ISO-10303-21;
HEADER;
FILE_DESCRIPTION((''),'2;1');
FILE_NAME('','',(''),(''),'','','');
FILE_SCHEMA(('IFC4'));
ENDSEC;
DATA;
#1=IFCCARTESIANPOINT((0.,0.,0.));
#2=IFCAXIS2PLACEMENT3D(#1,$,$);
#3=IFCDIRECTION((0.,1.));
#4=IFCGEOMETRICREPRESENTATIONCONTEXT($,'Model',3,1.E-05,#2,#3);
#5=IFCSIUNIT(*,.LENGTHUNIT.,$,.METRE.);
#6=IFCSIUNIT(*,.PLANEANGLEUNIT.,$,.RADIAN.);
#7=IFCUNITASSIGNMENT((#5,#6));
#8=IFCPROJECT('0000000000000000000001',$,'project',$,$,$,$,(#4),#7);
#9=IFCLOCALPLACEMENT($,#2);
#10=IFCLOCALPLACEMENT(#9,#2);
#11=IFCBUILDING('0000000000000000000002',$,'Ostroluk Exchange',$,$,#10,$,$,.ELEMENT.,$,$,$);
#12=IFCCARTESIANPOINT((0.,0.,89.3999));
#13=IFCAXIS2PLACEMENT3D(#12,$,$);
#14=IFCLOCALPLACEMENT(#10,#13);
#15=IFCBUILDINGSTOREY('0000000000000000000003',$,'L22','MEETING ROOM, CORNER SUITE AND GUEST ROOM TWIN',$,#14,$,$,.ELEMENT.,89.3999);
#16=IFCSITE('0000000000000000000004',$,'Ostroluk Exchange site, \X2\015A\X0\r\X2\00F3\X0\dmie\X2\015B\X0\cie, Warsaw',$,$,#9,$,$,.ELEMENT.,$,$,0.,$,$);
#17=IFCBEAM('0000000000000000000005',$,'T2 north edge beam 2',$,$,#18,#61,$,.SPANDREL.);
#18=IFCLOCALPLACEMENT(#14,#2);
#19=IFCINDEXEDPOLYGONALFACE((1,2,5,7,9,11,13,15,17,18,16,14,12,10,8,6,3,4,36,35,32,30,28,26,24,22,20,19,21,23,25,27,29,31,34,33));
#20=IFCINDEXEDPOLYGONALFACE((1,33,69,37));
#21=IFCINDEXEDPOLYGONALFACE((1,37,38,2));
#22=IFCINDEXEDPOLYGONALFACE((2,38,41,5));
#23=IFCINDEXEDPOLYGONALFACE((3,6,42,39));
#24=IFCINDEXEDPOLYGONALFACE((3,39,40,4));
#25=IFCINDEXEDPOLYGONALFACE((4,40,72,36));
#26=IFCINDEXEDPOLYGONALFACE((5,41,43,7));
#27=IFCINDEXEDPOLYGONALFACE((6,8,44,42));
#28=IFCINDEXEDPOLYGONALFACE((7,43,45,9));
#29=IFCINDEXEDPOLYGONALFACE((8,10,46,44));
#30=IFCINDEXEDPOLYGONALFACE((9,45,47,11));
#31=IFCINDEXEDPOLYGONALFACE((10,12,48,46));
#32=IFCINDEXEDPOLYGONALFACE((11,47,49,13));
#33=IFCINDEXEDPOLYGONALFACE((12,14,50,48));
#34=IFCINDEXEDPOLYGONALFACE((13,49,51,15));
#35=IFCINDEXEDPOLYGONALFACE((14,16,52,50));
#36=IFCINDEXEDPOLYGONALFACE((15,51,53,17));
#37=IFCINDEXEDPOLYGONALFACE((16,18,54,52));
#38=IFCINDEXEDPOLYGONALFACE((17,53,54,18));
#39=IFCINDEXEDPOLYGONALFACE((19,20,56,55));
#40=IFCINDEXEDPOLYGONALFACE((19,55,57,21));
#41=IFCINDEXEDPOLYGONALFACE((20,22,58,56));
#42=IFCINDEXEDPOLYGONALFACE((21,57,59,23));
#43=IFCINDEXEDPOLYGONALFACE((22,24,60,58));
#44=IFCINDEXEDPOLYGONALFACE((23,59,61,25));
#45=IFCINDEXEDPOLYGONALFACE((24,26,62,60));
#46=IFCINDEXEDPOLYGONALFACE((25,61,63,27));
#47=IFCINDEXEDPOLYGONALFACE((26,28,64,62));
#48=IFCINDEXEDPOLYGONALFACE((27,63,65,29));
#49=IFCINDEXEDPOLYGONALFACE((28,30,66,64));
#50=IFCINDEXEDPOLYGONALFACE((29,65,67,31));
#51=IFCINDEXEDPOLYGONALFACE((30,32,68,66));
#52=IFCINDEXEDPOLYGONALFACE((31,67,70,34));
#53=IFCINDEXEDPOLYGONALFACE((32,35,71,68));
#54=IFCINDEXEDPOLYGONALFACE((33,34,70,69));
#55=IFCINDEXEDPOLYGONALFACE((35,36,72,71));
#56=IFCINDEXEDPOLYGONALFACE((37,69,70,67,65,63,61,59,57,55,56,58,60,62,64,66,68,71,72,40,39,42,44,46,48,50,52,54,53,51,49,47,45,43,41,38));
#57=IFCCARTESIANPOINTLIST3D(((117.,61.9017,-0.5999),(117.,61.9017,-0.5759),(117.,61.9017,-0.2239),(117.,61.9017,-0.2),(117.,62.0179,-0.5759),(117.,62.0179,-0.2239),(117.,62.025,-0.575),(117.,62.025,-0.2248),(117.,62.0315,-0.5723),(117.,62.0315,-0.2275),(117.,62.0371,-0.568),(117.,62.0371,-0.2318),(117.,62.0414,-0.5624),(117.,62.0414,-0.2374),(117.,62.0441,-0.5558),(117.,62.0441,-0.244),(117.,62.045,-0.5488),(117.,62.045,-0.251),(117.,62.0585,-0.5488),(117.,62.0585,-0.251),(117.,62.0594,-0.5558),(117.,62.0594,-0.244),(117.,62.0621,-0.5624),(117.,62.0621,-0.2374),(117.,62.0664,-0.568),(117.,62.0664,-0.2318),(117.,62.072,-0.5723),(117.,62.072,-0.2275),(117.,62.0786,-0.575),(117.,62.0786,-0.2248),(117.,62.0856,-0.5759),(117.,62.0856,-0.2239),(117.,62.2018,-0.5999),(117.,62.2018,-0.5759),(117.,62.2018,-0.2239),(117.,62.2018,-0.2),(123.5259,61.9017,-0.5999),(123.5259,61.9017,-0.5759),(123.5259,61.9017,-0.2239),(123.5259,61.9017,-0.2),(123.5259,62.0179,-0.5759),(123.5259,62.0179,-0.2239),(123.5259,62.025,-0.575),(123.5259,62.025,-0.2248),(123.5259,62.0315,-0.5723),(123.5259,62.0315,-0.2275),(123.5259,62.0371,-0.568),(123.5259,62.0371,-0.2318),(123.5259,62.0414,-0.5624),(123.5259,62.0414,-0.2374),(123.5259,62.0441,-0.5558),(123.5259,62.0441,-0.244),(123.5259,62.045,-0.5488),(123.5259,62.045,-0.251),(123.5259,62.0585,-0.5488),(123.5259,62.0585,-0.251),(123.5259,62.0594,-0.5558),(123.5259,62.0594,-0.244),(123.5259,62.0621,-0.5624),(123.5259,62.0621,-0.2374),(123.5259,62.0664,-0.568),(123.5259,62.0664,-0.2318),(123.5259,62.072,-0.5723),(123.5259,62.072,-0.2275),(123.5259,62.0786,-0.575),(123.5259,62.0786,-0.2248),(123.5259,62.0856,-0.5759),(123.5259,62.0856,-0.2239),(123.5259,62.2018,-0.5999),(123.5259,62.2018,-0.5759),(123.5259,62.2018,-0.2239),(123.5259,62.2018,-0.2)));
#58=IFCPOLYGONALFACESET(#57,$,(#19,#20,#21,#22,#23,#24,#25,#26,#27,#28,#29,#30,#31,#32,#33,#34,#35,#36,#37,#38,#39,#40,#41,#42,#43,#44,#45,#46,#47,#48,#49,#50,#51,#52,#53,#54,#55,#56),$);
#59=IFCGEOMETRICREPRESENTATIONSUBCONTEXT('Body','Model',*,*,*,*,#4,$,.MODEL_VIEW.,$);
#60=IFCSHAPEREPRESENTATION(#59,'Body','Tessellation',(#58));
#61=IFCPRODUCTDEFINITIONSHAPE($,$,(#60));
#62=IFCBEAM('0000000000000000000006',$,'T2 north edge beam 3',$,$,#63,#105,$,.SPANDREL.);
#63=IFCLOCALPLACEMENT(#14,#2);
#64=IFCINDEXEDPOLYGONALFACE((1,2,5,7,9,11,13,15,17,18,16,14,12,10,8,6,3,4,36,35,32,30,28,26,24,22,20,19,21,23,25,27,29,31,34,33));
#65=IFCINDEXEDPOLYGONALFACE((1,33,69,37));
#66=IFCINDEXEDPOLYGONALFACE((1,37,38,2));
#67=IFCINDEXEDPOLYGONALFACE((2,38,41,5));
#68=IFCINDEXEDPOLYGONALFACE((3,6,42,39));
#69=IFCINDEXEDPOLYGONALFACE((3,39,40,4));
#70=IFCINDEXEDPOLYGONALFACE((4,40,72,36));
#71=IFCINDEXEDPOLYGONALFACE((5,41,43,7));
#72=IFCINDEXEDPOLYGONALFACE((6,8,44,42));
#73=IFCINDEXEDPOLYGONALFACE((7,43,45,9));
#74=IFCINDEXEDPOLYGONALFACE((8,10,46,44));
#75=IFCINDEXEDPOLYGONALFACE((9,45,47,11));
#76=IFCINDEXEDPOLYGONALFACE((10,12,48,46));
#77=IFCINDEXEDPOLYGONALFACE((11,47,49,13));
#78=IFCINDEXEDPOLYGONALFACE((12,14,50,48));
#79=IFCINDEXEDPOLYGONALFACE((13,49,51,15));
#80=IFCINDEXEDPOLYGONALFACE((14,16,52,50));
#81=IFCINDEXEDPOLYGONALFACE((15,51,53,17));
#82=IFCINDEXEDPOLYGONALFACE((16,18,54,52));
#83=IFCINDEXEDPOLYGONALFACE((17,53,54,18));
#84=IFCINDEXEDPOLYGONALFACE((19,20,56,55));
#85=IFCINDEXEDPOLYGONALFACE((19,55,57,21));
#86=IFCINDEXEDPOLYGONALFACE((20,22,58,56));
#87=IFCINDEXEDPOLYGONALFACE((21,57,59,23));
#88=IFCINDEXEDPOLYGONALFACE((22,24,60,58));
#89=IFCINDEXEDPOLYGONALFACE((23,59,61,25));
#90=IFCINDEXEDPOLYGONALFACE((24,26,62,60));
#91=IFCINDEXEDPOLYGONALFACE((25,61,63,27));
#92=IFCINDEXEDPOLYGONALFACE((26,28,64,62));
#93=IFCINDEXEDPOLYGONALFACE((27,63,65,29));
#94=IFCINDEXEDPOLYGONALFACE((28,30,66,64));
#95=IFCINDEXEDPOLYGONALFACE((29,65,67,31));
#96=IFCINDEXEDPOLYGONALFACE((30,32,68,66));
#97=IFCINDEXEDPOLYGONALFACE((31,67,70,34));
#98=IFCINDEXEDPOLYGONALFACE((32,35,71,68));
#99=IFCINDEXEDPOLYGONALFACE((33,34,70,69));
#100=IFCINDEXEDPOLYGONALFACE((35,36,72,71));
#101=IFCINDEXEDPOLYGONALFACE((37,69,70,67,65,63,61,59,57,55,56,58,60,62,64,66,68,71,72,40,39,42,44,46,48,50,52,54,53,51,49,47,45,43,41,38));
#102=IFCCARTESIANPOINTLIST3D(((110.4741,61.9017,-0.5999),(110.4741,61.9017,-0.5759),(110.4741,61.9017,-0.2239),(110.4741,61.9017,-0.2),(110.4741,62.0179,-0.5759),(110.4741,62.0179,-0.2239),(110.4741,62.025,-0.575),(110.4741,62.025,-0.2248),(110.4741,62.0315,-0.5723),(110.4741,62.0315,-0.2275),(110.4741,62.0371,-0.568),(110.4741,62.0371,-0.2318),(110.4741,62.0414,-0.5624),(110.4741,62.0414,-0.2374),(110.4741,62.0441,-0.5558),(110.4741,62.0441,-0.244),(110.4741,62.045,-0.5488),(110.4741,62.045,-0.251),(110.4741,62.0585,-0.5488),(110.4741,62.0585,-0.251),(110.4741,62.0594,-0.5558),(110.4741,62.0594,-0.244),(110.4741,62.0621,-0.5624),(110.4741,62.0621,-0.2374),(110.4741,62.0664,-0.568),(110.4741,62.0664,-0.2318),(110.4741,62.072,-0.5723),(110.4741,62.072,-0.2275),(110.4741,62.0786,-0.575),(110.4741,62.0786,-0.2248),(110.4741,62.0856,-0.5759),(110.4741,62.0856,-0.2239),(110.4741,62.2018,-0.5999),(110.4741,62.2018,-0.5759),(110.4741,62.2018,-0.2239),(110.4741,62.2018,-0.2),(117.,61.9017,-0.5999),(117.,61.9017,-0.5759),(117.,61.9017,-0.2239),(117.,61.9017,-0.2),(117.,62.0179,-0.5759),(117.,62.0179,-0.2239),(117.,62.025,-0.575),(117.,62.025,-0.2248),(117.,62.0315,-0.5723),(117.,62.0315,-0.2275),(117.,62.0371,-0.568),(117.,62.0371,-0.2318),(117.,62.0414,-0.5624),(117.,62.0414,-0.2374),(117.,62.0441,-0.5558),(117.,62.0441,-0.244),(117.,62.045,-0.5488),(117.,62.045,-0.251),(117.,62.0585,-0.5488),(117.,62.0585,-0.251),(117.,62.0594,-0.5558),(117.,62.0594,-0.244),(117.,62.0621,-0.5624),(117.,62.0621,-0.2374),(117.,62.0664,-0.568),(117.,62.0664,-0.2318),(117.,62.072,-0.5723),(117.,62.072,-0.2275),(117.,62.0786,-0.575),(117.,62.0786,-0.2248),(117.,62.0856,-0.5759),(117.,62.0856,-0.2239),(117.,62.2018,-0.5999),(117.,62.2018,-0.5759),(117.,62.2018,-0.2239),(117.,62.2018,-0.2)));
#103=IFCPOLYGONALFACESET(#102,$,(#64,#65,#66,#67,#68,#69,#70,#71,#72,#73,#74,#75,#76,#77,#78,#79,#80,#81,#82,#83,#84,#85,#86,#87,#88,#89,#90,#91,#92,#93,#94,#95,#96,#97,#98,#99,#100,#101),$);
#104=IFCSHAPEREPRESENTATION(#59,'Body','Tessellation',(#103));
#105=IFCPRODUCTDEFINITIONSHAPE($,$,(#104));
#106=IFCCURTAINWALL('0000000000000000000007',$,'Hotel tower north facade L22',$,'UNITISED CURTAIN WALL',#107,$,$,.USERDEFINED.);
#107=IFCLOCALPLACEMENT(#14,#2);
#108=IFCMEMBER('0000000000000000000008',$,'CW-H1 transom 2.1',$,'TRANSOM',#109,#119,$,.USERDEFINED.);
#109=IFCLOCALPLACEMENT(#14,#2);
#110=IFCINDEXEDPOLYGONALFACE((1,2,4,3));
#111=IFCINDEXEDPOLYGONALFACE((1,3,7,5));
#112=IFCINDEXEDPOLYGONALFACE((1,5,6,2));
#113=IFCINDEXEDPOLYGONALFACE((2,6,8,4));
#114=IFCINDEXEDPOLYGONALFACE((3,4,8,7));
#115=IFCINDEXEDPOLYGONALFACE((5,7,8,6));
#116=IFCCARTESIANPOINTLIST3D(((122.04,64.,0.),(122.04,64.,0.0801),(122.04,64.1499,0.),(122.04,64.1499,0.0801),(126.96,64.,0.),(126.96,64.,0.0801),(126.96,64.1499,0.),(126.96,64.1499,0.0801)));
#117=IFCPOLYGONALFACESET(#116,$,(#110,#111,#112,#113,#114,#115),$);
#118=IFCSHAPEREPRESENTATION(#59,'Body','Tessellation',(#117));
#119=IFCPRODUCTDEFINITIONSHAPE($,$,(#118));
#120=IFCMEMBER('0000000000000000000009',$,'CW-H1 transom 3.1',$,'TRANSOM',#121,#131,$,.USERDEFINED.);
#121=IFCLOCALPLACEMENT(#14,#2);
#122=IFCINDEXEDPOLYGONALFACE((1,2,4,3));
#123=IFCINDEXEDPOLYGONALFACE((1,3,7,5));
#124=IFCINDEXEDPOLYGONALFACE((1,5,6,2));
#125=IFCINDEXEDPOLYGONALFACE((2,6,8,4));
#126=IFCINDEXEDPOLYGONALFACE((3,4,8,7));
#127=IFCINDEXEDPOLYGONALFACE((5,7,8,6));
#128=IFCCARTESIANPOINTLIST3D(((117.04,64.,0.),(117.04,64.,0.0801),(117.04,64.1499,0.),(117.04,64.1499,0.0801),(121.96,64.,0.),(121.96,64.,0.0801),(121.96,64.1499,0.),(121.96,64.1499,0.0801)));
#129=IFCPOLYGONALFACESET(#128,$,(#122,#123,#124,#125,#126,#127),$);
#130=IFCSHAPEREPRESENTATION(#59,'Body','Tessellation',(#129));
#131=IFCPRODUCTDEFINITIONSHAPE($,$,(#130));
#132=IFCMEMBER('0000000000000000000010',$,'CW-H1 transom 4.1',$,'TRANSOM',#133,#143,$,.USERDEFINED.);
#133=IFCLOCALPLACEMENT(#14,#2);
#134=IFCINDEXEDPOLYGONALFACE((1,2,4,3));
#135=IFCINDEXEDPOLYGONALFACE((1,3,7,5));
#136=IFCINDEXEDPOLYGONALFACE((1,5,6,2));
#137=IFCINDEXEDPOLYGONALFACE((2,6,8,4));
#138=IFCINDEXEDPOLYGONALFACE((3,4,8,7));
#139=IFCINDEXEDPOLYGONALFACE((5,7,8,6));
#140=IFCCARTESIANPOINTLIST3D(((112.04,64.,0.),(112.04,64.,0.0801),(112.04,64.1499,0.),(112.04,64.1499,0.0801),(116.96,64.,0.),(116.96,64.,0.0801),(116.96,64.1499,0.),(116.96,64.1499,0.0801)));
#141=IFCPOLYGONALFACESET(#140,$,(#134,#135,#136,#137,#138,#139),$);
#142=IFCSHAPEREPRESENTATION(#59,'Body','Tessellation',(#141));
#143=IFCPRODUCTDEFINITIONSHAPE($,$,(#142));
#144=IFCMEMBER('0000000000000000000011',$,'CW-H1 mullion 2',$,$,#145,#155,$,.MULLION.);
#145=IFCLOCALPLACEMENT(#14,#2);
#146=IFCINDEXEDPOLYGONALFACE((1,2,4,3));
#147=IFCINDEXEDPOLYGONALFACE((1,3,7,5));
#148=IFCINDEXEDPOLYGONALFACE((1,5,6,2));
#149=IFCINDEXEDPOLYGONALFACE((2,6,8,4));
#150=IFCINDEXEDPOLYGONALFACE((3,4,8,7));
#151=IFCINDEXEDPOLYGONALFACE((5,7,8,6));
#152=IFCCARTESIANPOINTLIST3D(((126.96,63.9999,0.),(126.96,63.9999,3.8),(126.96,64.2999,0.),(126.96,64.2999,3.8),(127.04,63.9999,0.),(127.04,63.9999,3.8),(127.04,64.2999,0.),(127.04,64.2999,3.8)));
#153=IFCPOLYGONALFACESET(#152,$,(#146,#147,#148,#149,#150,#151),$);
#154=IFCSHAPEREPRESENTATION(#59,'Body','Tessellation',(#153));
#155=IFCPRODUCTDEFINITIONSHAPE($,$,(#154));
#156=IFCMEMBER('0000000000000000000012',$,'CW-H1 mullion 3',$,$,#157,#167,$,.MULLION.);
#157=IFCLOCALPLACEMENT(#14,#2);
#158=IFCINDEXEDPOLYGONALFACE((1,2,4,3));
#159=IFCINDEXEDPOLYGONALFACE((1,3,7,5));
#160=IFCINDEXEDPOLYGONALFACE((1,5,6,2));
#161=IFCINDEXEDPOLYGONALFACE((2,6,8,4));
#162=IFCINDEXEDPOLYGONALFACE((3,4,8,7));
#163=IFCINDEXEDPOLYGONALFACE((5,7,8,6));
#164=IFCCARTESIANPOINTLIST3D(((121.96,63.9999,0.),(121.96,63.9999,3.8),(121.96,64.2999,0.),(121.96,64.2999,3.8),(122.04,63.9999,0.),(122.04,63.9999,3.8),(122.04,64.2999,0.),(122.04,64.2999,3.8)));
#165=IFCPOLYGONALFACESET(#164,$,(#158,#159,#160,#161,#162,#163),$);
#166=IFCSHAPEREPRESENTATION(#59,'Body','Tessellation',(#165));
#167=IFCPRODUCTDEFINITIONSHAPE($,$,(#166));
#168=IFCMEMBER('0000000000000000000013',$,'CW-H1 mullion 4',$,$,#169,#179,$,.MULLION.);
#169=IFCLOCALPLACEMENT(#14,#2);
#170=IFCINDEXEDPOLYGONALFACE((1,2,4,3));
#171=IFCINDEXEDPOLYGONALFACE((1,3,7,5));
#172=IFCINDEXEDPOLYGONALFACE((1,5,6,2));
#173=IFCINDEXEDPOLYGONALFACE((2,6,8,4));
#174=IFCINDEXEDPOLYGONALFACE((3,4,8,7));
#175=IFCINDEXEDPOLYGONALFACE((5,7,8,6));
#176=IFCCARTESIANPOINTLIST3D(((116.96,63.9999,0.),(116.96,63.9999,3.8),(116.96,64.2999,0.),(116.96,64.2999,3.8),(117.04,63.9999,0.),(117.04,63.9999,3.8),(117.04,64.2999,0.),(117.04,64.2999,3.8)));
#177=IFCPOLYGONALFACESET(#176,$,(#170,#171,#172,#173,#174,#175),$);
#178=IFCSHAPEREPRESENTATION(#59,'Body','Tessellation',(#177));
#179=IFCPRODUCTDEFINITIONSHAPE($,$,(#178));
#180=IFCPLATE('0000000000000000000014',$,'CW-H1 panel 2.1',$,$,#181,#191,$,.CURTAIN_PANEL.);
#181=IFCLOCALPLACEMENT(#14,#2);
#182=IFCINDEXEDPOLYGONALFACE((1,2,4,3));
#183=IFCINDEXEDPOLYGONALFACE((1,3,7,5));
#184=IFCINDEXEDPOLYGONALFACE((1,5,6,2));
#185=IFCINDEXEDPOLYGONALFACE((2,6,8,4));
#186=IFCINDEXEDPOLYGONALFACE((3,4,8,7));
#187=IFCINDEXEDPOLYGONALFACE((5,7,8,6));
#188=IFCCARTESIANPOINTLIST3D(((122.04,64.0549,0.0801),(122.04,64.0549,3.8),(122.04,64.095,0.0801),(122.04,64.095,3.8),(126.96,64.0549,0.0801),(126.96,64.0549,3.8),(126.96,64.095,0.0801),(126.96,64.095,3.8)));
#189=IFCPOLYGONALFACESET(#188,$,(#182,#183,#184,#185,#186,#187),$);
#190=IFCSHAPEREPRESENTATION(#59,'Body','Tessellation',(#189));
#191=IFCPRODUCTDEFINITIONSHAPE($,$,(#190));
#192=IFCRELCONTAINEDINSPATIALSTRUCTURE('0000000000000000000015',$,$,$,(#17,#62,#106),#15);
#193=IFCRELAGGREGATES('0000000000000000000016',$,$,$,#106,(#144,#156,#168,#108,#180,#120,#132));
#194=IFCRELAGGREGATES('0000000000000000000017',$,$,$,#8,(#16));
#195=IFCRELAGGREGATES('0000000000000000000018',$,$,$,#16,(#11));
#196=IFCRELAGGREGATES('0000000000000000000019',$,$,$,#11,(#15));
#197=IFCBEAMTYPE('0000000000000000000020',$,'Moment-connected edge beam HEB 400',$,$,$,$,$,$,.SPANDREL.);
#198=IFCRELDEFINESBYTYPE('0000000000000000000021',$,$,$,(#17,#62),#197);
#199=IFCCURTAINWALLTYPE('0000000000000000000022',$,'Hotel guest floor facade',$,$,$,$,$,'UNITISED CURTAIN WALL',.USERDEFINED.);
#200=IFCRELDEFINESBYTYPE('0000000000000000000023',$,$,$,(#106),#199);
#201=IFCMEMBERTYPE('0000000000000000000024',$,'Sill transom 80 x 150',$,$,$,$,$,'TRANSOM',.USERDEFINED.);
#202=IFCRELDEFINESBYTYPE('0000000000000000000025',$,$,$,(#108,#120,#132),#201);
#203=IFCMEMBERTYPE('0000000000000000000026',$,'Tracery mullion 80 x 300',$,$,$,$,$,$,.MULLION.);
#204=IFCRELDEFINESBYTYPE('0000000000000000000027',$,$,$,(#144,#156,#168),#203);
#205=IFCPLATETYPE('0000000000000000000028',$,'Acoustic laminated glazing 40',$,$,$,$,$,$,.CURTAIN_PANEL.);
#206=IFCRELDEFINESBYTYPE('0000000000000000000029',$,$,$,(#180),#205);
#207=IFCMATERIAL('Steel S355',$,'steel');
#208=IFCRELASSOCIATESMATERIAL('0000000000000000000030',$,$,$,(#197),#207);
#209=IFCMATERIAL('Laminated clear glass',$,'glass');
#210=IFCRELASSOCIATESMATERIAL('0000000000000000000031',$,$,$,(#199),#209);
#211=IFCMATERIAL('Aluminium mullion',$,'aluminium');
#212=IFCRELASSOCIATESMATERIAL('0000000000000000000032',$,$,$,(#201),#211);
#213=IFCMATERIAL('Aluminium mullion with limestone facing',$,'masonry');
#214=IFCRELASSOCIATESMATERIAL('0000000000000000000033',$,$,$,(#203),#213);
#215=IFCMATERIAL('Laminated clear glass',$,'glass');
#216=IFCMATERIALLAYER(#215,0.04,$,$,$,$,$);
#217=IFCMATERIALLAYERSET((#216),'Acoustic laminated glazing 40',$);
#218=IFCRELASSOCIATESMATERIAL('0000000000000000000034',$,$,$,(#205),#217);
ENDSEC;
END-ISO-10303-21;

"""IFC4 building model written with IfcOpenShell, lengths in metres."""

from ifc_helpers import new_model, si_unit, direction, frame, origin, origin_2d, place, context, subcontext, project, spatial, rectangle, i_section, extrude, material, layer, layer_set, material_profile, profile_set, type_object, element, aggregate, save


model = new_model("IFC4")

# Units and contexts
model_context = context("Model", 3, precision=1e-05, world=origin(), true_north=direction((0.0, 1.0)))
body_context = subcontext(model_context, "Body", "Model", "MODEL_VIEW")
ifc_project = project(units=[si_unit("LENGTHUNIT", "METRE"), si_unit("PLANEANGLEUNIT", "RADIAN")], contexts=[model_context])

# Site, building, storey
site_placement = place(None, origin())
site = spatial("IfcSite", under=ifc_project, at=site_placement, Name="Ostroluk Exchange site, Śródmieście, Warsaw", CompositionType="ELEMENT", RefElevation=0.0)
building_placement = place(site_placement, origin())
building = spatial("IfcBuilding", under=site, at=building_placement, Name="Ostroluk Exchange", CompositionType="ELEMENT")
storey_placement = place(building_placement, frame((0.0, 0.0, 89.3999)))
storey = spatial("IfcBuildingStorey", under=building, at=storey_placement, Name="L22", Description="MEETING ROOM, CORNER SUITE AND GUEST ROOM TWIN", CompositionType="ELEMENT", Elevation=89.3999)

# Beams
ifc_material_1 = material(Name="Steel S355", Category="steel")
ifc_material_profile_1 = material_profile(ifc_material_1, i_section(OverallWidth=0.3, OverallDepth=0.3999, WebThickness=0.0134, FlangeThickness=0.0239, FilletRadius=0.0271, at=origin_2d()), Name="HEB 400")
ifc_profile_set_1 = profile_set([ifc_material_profile_1], Name="Steel S355")
beam_type_1 = type_object("IfcBeamType", Name="Moment-connected edge beam HEB 400", PredefinedType="SPANDREL", material=ifc_profile_set_1)
for number, where, z_axis, x_axis, name in (
    (1, (123.5259, 62.0518, -0.3999), (-1.0, 0.0, 0.0), (0.0, -1.0, 0.0), "T2 north edge beam 2"),
    (2, (117.0, 62.0518, -0.3999), (-1.0, 0.0, 0.0), (0.0, -1.0, 0.0), "T2 north edge beam 3"),
):
    element("IfcBeam", number, at=place(storey_placement, frame(where, z_axis=z_axis, x_axis=x_axis)), inside=storey, type_object=beam_type_1, Name=name, PredefinedType="SPANDREL", context=body_context, shape_type="SweptSolid", body=[
        extrude(i_section(OverallWidth=0.3, OverallDepth=0.3999, WebThickness=0.0134, FlangeThickness=0.0239, FilletRadius=0.0271, at=origin_2d()), origin(), (0.0, 0.0, 1.0), 6.5259),
    ])

# Curtain wall, members, plate
ifc_material_2 = material(Name="Laminated clear glass", Category="glass")
curtain_wall_type = type_object("IfcCurtainWallType", Name="Hotel guest floor facade", ElementType="UNITISED CURTAIN WALL", PredefinedType="USERDEFINED", material=ifc_material_2)
curtain_wall_placement = place(storey_placement, origin())
curtain_wall = element("IfcCurtainWall", 3, at=curtain_wall_placement, inside=storey, type_object=curtain_wall_type, Name="Hotel tower north facade L22", ObjectType="UNITISED CURTAIN WALL", PredefinedType="USERDEFINED")
ifc_material_3 = material(Name="Aluminium mullion", Category="aluminium")
ifc_material_profile_2 = material_profile(ifc_material_3, rectangle(XDim=0.1499, YDim=0.0801, at=origin_2d()), Name="Sill transom 80 x 150")
ifc_profile_set_2 = profile_set([ifc_material_profile_2], Name="Aluminium mullion")
member_type_1 = type_object("IfcMemberType", Name="Sill transom 80 x 150", ElementType="TRANSOM", PredefinedType="USERDEFINED", material=ifc_profile_set_2)
member_1_placement = place(storey_placement, frame((126.96, 64.075, 0.04), z_axis=(-1.0, 0.0, 0.0), x_axis=(0.0, -1.0, 0.0)))
member_1 = element("IfcMember", 4, at=member_1_placement, type_object=member_type_1, Name="CW-H1 transom 2.1", ObjectType="TRANSOM", PredefinedType="USERDEFINED", context=body_context, shape_type="SweptSolid", body=[
    extrude(rectangle(XDim=0.1499, YDim=0.0801, at=origin_2d()), origin(), (0.0, 0.0, 1.0), 4.9199),
])
member_2_placement = place(storey_placement, frame((121.96, 64.075, 0.04), z_axis=(-1.0, 0.0, 0.0), x_axis=(0.0, -1.0, 0.0)))
member_2 = element("IfcMember", 5, at=member_2_placement, type_object=member_type_1, Name="CW-H1 transom 3.1", ObjectType="TRANSOM", PredefinedType="USERDEFINED", context=body_context, shape_type="SweptSolid", body=[
    extrude(rectangle(XDim=0.1499, YDim=0.0801, at=origin_2d()), origin(), (0.0, 0.0, 1.0), 4.9199),
])
member_3_placement = place(storey_placement, frame((116.96, 64.075, 0.04), z_axis=(-1.0, 0.0, 0.0), x_axis=(0.0, -1.0, 0.0)))
member_3 = element("IfcMember", 6, at=member_3_placement, type_object=member_type_1, Name="CW-H1 transom 4.1", ObjectType="TRANSOM", PredefinedType="USERDEFINED", context=body_context, shape_type="SweptSolid", body=[
    extrude(rectangle(XDim=0.1499, YDim=0.0801, at=origin_2d()), origin(), (0.0, 0.0, 1.0), 4.9199),
])
ifc_material_4 = material(Name="Aluminium mullion with limestone facing", Category="masonry")
ifc_material_profile_3 = material_profile(ifc_material_4, rectangle(XDim=0.3, YDim=0.0801, at=origin_2d()), Name="Tracery mullion 80 x 300")
ifc_profile_set_3 = profile_set([ifc_material_profile_3], Name="Aluminium mullion with limestone facing")
member_type_2 = type_object("IfcMemberType", Name="Tracery mullion 80 x 300", PredefinedType="MULLION", material=ifc_profile_set_3)
member_4_placement = place(storey_placement, frame((127.0, 64.1499, 0.0), z_axis=(0.0, 0.0, 1.0), x_axis=(0.0, -1.0, 0.0)))
member_4 = element("IfcMember", 7, at=member_4_placement, type_object=member_type_2, Name="CW-H1 mullion 2", PredefinedType="MULLION", context=body_context, shape_type="SweptSolid", body=[
    extrude(rectangle(XDim=0.3, YDim=0.0801, at=origin_2d()), origin(), (0.0, 0.0, 1.0), 3.8),
])
member_5_placement = place(storey_placement, frame((122.0, 64.1499, 0.0), z_axis=(0.0, 0.0, 1.0), x_axis=(0.0, -1.0, 0.0)))
member_5 = element("IfcMember", 8, at=member_5_placement, type_object=member_type_2, Name="CW-H1 mullion 3", PredefinedType="MULLION", context=body_context, shape_type="SweptSolid", body=[
    extrude(rectangle(XDim=0.3, YDim=0.0801, at=origin_2d()), origin(), (0.0, 0.0, 1.0), 3.8),
])
member_6_placement = place(storey_placement, frame((117.0, 64.1499, 0.0), z_axis=(0.0, 0.0, 1.0), x_axis=(0.0, -1.0, 0.0)))
member_6 = element("IfcMember", 9, at=member_6_placement, type_object=member_type_2, Name="CW-H1 mullion 4", PredefinedType="MULLION", context=body_context, shape_type="SweptSolid", body=[
    extrude(rectangle(XDim=0.3, YDim=0.0801, at=origin_2d()), origin(), (0.0, 0.0, 1.0), 3.8),
])
ifc_material_5 = material(Name="Laminated clear glass", Category="glass")
ifc_layer_1 = layer(ifc_material_5, 0.04)
ifc_layer_set_1 = layer_set([ifc_layer_1], Name="Acoustic laminated glazing 40")
plate_type = type_object("IfcPlateType", Name="Acoustic laminated glazing 40", PredefinedType="CURTAIN_PANEL", material=ifc_layer_set_1)
plate_1_placement = place(storey_placement, frame((124.5, 64.075, 0.0801), z_axis=(0.0, 0.0, 1.0), x_axis=(-1.0, 0.0, 0.0)))
plate_1 = element("IfcPlate", 10, at=plate_1_placement, type_object=plate_type, Name="CW-H1 panel 2.1", PredefinedType="CURTAIN_PANEL", context=body_context, shape_type="SweptSolid", body=[
    extrude(rectangle(XDim=4.9199, YDim=0.04, at=origin_2d()), origin(), (0.0, 0.0, 1.0), 3.72),
])
aggregate(curtain_wall, [member_4, member_5, member_6, member_1, plate_1, member_2, member_3])

save(model, "model.ifc")
